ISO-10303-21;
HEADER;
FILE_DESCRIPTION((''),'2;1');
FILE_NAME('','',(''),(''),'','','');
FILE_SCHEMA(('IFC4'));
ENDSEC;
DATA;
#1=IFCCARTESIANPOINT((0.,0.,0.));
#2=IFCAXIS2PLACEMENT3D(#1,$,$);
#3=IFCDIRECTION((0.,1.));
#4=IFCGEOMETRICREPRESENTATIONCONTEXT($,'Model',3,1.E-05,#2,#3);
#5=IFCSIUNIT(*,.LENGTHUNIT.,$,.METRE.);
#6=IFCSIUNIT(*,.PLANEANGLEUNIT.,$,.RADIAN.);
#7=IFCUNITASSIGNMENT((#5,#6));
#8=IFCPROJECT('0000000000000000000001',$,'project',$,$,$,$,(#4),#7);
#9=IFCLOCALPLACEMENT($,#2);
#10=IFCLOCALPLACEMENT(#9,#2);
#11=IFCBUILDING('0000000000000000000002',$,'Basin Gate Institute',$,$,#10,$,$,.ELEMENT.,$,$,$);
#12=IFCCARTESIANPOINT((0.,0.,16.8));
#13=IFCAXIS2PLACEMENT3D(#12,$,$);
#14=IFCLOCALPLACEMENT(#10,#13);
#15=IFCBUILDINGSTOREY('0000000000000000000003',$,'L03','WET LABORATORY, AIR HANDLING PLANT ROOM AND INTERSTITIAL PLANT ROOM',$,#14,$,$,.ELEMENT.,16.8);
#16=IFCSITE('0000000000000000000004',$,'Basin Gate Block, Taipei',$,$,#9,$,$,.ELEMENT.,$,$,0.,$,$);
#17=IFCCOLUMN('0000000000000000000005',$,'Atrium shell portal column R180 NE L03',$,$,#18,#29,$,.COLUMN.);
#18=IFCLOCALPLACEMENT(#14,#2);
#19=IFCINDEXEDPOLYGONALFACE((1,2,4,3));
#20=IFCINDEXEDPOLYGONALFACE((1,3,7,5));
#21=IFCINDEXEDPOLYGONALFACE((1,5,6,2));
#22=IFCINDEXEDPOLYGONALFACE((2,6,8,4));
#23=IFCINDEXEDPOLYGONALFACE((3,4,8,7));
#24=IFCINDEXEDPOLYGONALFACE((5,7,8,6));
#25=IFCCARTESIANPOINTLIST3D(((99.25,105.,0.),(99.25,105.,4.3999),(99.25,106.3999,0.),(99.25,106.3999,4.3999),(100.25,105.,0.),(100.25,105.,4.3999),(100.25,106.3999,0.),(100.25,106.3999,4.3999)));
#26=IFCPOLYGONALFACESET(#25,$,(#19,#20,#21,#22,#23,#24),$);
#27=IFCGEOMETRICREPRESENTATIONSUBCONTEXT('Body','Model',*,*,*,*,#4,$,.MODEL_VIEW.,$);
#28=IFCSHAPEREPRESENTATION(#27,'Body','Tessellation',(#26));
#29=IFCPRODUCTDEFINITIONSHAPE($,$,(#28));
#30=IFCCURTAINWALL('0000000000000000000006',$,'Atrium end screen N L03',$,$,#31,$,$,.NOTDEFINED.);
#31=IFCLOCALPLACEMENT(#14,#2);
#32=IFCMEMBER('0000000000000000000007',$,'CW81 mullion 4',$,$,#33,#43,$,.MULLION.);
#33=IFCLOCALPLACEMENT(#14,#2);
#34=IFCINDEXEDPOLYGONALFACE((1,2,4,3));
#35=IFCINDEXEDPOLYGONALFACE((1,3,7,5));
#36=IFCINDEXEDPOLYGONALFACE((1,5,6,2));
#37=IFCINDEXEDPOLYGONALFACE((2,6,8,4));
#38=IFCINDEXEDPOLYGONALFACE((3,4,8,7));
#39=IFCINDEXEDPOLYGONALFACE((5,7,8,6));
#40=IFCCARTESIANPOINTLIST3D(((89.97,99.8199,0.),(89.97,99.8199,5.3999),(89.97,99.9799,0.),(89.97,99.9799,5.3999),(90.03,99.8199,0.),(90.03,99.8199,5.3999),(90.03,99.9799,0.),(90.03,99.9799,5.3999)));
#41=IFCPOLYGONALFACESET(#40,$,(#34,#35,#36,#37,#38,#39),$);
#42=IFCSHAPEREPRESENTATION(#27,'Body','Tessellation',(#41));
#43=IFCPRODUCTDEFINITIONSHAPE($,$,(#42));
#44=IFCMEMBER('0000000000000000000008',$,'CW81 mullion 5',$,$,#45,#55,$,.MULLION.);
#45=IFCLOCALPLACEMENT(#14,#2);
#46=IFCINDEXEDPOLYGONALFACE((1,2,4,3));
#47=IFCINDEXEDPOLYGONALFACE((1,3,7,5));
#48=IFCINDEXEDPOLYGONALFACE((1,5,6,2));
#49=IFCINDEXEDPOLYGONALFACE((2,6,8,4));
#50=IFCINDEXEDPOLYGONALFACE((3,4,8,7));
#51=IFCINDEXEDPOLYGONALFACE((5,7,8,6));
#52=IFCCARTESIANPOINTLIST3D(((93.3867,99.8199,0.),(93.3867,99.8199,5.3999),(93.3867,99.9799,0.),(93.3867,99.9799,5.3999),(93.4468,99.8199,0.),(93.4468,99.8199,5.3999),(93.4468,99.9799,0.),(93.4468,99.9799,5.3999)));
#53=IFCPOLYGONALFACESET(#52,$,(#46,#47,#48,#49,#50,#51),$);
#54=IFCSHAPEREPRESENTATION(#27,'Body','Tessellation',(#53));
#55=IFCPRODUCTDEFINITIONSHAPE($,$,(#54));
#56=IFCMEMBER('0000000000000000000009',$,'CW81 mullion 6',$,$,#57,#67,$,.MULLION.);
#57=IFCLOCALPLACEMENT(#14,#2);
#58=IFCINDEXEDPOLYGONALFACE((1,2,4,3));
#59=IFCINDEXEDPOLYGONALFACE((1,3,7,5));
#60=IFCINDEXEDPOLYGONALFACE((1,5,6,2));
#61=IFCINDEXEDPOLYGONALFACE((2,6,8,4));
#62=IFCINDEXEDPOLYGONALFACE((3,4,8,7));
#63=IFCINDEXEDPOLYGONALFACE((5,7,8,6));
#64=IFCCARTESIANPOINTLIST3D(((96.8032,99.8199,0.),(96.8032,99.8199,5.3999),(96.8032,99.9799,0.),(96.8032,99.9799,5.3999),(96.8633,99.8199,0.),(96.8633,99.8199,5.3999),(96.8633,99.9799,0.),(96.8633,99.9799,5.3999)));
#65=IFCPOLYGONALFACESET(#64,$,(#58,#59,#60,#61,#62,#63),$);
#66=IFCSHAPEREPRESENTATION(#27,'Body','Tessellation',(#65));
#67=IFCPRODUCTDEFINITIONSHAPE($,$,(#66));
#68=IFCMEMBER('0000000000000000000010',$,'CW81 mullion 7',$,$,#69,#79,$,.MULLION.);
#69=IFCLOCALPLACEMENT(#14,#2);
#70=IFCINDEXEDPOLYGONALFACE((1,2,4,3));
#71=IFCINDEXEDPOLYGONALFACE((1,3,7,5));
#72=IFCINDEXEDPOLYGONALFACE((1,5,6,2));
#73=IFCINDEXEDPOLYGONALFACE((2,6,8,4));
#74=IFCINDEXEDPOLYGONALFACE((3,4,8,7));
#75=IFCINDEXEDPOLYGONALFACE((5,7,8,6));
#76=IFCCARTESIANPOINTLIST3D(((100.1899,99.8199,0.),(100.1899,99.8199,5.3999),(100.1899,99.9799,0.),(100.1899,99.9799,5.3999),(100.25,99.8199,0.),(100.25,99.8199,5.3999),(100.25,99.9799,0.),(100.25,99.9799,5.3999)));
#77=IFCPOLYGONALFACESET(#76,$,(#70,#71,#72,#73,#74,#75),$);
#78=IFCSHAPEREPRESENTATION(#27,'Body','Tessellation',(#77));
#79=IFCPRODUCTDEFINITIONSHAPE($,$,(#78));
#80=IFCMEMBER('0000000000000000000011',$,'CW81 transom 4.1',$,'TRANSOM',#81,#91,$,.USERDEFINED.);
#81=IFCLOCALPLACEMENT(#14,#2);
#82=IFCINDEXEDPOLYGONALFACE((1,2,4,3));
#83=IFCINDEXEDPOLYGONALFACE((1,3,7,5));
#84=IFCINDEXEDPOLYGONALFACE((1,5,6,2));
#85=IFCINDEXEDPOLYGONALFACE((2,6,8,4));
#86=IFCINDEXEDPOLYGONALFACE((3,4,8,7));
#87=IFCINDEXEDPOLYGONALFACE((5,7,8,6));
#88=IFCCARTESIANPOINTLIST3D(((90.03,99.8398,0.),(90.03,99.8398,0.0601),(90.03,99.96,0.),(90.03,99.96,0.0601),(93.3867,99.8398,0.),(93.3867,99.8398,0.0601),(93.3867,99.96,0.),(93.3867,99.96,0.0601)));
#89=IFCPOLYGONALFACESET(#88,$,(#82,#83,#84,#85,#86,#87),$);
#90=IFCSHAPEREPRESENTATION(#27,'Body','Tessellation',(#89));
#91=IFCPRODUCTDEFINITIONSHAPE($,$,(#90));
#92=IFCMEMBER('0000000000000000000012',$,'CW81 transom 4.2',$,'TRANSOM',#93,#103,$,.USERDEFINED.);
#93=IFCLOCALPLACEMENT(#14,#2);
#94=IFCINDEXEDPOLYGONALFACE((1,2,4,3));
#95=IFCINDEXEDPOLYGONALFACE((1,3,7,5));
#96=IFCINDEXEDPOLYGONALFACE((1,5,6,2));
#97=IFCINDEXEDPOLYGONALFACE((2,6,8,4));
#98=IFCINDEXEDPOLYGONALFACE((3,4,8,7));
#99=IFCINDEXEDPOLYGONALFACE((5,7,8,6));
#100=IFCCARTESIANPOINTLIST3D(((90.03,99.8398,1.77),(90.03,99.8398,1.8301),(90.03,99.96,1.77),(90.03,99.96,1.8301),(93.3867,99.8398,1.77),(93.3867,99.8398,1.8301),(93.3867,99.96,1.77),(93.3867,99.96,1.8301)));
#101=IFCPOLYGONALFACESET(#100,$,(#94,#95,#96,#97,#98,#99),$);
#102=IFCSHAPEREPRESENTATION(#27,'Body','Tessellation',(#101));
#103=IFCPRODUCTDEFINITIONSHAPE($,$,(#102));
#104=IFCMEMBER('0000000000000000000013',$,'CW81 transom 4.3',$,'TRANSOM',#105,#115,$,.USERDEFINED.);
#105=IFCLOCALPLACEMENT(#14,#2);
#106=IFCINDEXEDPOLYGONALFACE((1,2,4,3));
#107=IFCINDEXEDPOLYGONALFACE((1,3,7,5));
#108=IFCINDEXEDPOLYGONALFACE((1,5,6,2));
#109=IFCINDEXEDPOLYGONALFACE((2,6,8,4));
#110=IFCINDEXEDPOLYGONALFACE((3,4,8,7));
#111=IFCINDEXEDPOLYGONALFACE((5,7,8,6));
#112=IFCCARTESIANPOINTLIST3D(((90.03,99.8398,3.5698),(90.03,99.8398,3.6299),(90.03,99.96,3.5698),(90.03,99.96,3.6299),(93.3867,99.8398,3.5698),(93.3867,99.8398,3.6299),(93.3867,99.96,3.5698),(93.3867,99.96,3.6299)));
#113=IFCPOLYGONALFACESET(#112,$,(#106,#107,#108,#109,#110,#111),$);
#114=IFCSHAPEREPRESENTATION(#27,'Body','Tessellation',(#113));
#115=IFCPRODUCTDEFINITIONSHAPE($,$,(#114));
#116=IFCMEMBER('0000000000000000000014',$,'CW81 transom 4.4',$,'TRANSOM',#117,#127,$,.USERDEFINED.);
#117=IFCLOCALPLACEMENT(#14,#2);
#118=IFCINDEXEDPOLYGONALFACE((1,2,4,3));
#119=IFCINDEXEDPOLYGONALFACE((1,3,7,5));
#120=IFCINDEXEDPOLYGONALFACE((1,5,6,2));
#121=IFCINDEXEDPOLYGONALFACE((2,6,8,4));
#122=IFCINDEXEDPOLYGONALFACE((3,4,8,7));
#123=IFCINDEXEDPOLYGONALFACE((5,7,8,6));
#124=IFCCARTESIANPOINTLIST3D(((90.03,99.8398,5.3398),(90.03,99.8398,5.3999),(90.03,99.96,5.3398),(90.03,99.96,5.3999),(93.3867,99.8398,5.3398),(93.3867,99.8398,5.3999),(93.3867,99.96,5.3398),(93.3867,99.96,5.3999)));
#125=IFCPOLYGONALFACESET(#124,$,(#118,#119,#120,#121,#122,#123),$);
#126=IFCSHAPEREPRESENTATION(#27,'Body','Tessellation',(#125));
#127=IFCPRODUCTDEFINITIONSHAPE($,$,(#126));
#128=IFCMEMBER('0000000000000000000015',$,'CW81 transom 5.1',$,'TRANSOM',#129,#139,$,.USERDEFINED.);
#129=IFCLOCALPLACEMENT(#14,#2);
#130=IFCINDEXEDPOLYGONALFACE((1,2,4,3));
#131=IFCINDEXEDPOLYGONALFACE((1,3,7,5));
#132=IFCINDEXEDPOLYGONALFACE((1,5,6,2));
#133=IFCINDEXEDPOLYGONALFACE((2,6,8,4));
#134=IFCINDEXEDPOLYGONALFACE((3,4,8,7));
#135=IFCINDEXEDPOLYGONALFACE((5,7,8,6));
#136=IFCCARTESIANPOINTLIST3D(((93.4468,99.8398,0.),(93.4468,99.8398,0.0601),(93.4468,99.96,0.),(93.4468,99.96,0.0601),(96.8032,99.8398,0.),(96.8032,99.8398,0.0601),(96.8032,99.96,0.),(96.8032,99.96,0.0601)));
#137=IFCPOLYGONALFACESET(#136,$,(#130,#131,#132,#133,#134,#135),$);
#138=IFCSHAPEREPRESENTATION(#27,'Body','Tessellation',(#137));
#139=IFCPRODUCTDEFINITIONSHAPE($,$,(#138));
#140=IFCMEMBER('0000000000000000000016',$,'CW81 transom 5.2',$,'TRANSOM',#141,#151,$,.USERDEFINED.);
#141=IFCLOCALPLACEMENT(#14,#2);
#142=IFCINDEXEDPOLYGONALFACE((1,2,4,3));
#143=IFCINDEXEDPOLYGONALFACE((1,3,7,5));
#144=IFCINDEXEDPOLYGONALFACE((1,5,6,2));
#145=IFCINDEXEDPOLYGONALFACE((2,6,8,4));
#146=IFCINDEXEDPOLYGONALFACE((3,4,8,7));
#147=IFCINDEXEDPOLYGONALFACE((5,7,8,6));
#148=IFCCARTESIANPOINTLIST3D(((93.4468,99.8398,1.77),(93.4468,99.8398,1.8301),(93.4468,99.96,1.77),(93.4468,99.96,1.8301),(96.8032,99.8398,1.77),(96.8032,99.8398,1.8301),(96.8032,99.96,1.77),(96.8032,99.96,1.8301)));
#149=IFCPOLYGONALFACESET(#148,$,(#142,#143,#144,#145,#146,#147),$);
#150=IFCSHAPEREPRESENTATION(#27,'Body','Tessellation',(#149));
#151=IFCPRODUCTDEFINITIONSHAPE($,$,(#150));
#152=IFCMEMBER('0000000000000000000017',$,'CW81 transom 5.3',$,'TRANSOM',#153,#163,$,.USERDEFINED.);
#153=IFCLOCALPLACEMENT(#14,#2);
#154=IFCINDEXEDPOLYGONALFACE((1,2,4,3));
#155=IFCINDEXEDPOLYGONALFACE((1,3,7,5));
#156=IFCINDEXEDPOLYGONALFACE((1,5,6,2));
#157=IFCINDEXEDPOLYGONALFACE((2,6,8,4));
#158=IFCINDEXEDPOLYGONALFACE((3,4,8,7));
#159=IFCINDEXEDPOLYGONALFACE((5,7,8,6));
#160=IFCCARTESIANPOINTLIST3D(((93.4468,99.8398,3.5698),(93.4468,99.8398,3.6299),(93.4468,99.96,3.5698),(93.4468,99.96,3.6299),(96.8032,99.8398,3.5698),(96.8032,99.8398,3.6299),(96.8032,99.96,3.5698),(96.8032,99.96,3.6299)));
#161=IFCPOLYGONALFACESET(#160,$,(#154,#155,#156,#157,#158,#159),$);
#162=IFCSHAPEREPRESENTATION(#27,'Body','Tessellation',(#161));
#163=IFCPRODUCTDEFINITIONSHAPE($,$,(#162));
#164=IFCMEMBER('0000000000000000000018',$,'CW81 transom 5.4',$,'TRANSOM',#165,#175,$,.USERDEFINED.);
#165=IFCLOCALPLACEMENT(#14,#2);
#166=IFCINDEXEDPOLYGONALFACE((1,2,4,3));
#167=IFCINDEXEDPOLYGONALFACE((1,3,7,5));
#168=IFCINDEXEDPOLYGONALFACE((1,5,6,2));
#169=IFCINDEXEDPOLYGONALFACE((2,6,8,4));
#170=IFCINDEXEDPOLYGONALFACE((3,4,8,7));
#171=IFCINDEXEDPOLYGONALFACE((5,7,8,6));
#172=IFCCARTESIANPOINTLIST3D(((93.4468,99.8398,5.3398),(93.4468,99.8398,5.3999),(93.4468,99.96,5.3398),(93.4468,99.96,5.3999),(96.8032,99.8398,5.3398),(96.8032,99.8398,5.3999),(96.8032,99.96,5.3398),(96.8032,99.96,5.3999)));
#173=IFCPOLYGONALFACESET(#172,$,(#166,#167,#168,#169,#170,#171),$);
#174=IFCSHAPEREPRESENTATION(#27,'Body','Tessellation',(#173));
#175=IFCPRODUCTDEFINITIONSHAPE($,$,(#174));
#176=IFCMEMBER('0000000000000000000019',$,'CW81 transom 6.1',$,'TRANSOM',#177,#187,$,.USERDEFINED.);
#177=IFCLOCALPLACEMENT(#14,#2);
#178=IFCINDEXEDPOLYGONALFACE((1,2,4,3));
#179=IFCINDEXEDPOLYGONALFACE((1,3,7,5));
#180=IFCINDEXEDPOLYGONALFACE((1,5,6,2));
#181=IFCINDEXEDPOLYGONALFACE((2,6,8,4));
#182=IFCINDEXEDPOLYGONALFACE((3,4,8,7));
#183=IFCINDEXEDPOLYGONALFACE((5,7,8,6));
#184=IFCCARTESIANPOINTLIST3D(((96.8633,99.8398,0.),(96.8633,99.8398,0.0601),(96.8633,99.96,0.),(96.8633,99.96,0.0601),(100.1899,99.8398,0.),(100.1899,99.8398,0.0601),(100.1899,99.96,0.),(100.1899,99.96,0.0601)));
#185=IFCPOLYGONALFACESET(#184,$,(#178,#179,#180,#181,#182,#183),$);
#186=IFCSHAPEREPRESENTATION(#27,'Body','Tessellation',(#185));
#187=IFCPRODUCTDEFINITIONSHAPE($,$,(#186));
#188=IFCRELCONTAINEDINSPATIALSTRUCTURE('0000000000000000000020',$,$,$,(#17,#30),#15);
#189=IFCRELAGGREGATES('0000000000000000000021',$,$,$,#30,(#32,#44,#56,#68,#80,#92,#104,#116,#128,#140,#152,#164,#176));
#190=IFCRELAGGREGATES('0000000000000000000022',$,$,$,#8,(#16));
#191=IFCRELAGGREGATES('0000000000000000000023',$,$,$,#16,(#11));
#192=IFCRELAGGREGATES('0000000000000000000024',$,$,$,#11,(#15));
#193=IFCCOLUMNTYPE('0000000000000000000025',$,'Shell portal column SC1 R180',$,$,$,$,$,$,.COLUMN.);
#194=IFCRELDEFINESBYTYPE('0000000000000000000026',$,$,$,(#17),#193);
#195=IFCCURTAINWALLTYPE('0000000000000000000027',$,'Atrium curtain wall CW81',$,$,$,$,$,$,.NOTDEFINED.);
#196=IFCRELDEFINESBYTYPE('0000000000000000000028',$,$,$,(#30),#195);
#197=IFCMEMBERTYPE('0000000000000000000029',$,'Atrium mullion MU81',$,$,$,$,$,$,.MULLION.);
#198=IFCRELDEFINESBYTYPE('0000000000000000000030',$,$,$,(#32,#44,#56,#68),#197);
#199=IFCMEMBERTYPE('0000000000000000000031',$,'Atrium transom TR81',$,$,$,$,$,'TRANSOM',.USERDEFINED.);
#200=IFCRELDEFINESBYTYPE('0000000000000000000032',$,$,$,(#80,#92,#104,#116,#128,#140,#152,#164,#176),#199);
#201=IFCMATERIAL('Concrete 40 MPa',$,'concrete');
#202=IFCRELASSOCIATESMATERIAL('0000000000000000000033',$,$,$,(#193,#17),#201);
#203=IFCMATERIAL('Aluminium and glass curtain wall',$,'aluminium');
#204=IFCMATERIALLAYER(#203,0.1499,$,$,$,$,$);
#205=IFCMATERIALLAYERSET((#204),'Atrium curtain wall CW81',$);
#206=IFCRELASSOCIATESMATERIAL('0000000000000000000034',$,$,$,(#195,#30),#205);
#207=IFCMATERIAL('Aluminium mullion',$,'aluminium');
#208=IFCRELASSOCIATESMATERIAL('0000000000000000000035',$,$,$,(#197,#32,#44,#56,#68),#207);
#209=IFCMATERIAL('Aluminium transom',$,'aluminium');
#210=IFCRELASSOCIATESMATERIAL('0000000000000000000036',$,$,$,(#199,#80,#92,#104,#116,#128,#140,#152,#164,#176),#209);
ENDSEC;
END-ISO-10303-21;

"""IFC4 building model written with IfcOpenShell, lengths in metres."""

from ifc_helpers import new_model, si_unit, direction, frame, origin, origin_2d, place, context, subcontext, project, spatial, rectangle, extrude, material, layer, layer_set, material_profile, profile_set, type_object, element, aggregate, save


model = new_model("IFC4")

# Units and contexts
model_context = context("Model", 3, precision=1e-05, world=origin(), true_north=direction((0.0, 1.0)))
body_context = subcontext(model_context, "Body", "Model", "MODEL_VIEW")
ifc_project = project(units=[si_unit("LENGTHUNIT", "METRE"), si_unit("PLANEANGLEUNIT", "RADIAN")], contexts=[model_context])

# Site, building, storey
site_placement = place(None, origin())
site = spatial("IfcSite", under=ifc_project, at=site_placement, Name="Basin Gate Block, Taipei", CompositionType="ELEMENT", RefElevation=0.0)
building_placement = place(site_placement, origin())
building = spatial("IfcBuilding", under=site, at=building_placement, Name="Basin Gate Institute", CompositionType="ELEMENT")
storey_placement = place(building_placement, frame((0.0, 0.0, 16.8)))
storey = spatial("IfcBuildingStorey", under=building, at=storey_placement, Name="L03", Description="WET LABORATORY, AIR HANDLING PLANT ROOM AND INTERSTITIAL PLANT ROOM", CompositionType="ELEMENT", Elevation=16.8)

# Column
ifc_material_1 = material(Name="Concrete 40 MPa", Category="concrete")
ifc_material_profile_1 = material_profile(ifc_material_1, rectangle(XDim=1.0, YDim=1.3999, at=origin_2d()), Name="Shell portal column SC1 1000 x 1400")
ifc_profile_set_1 = profile_set([ifc_material_profile_1], Name="Concrete 40 MPa")
column_type = type_object("IfcColumnType", Name="Shell portal column SC1 R180", PredefinedType="COLUMN", material=ifc_profile_set_1)
column_placement = place(storey_placement, frame((99.75, 105.7, 0.0), z_axis=(0.0, 0.0, 1.0), x_axis=(1.0, 0.0, 0.0)))
element("IfcColumn", 1, at=column_placement, inside=storey, type_object=column_type, material=ifc_profile_set_1, Name="Atrium shell portal column R180 NE L03", PredefinedType="COLUMN", context=body_context, shape_type="SweptSolid", body=[
    extrude(rectangle(XDim=1.0, YDim=1.3999, at=origin_2d()), origin(), (0.0, 0.0, 1.0), 4.3999),
])

# Curtain wall, members
ifc_material_2 = material(Name="Aluminium and glass curtain wall", Category="aluminium")
ifc_layer_1 = layer(ifc_material_2, 0.1499)
ifc_layer_set_1 = layer_set([ifc_layer_1], Name="Atrium curtain wall CW81")
curtain_wall_type = type_object("IfcCurtainWallType", Name="Atrium curtain wall CW81", PredefinedType="NOTDEFINED", material=ifc_layer_set_1)
curtain_wall_placement = place(storey_placement, origin())
curtain_wall = element("IfcCurtainWall", 2, at=curtain_wall_placement, inside=storey, type_object=curtain_wall_type, material=ifc_layer_set_1, Name="Atrium end screen N L03", PredefinedType="NOTDEFINED")
ifc_material_3 = material(Name="Aluminium mullion", Category="aluminium")
ifc_material_profile_2 = material_profile(ifc_material_3, rectangle(XDim=0.1599, YDim=0.0601, at=origin_2d()), Name="Atrium mullion MU81 160 x 60")
ifc_profile_set_2 = profile_set([ifc_material_profile_2], Name="Aluminium mullion")
member_type_1 = type_object("IfcMemberType", Name="Atrium mullion MU81", PredefinedType="MULLION", material=ifc_profile_set_2)
member_1_placement = place(storey_placement, frame((90.0, 99.8999, 0.0), z_axis=(0.0, 0.0, 1.0), x_axis=(0.0, 1.0, 0.0)))
member_1 = element("IfcMember", 3, at=member_1_placement, type_object=member_type_1, material=ifc_profile_set_2, Name="CW81 mullion 4", PredefinedType="MULLION", context=body_context, shape_type="SweptSolid", body=[
    extrude(rectangle(XDim=0.1599, YDim=0.0601, at=origin_2d()), origin(), (0.0, 0.0, 1.0), 5.3999),
])
member_2_placement = place(storey_placement, frame((93.4167, 99.8999, 0.0), z_axis=(0.0, 0.0, 1.0), x_axis=(0.0, 1.0, 0.0)))
member_2 = element("IfcMember", 4, at=member_2_placement, type_object=member_type_1, material=ifc_profile_set_2, Name="CW81 mullion 5", PredefinedType="MULLION", context=body_context, shape_type="SweptSolid", body=[
    extrude(rectangle(XDim=0.1599, YDim=0.0601, at=origin_2d()), origin(), (0.0, 0.0, 1.0), 5.3999),
])
member_3_placement = place(storey_placement, frame((96.8333, 99.8999, 0.0), z_axis=(0.0, 0.0, 1.0), x_axis=(0.0, 1.0, 0.0)))
member_3 = element("IfcMember", 5, at=member_3_placement, type_object=member_type_1, material=ifc_profile_set_2, Name="CW81 mullion 6", PredefinedType="MULLION", context=body_context, shape_type="SweptSolid", body=[
    extrude(rectangle(XDim=0.1599, YDim=0.0601, at=origin_2d()), origin(), (0.0, 0.0, 1.0), 5.3999),
])
member_4_placement = place(storey_placement, frame((100.22, 99.8999, 0.0), z_axis=(0.0, 0.0, 1.0), x_axis=(0.0, 1.0, 0.0)))
member_4 = element("IfcMember", 6, at=member_4_placement, type_object=member_type_1, material=ifc_profile_set_2, Name="CW81 mullion 7", PredefinedType="MULLION", context=body_context, shape_type="SweptSolid", body=[
    extrude(rectangle(XDim=0.1599, YDim=0.0601, at=origin_2d()), origin(), (0.0, 0.0, 1.0), 5.3999),
])
ifc_material_4 = material(Name="Aluminium transom", Category="aluminium")
ifc_material_profile_3 = material_profile(ifc_material_4, rectangle(XDim=0.1201, YDim=0.0601, at=origin_2d()), Name="Atrium transom TR81 120 x 60")
ifc_profile_set_3 = profile_set([ifc_material_profile_3], Name="Aluminium transom")
member_type_2 = type_object("IfcMemberType", Name="Atrium transom TR81", ElementType="TRANSOM", PredefinedType="USERDEFINED", material=ifc_profile_set_3)
member_5_placement = place(storey_placement, frame((90.03, 99.8999, 0.03), z_axis=(1.0, 0.0, 0.0), x_axis=(0.0, 1.0, 0.0)))
member_5 = element("IfcMember", 7, at=member_5_placement, type_object=member_type_2, material=ifc_profile_set_3, Name="CW81 transom 4.1", ObjectType="TRANSOM", PredefinedType="USERDEFINED", context=body_context, shape_type="SweptSolid", body=[
    extrude(rectangle(XDim=0.1201, YDim=0.0601, at=origin_2d()), origin(), (0.0, 0.0, 1.0), 3.3567),
])
member_6_placement = place(storey_placement, frame((90.03, 99.8999, 1.8), z_axis=(1.0, 0.0, 0.0), x_axis=(0.0, 1.0, 0.0)))
member_6 = element("IfcMember", 8, at=member_6_placement, type_object=member_type_2, material=ifc_profile_set_3, Name="CW81 transom 4.2", ObjectType="TRANSOM", PredefinedType="USERDEFINED", context=body_context, shape_type="SweptSolid", body=[
    extrude(rectangle(XDim=0.1201, YDim=0.0601, at=origin_2d()), origin(), (0.0, 0.0, 1.0), 3.3567),
])
member_7_placement = place(storey_placement, frame((90.03, 99.8999, 3.5999), z_axis=(1.0, 0.0, 0.0), x_axis=(0.0, 1.0, 0.0)))
member_7 = element("IfcMember", 9, at=member_7_placement, type_object=member_type_2, material=ifc_profile_set_3, Name="CW81 transom 4.3", ObjectType="TRANSOM", PredefinedType="USERDEFINED", context=body_context, shape_type="SweptSolid", body=[
    extrude(rectangle(XDim=0.1201, YDim=0.0601, at=origin_2d()), origin(), (0.0, 0.0, 1.0), 3.3567),
])
member_8_placement = place(storey_placement, frame((90.03, 99.8999, 5.3699), z_axis=(1.0, 0.0, 0.0), x_axis=(0.0, 1.0, 0.0)))
member_8 = element("IfcMember", 10, at=member_8_placement, type_object=member_type_2, material=ifc_profile_set_3, Name="CW81 transom 4.4", ObjectType="TRANSOM", PredefinedType="USERDEFINED", context=body_context, shape_type="SweptSolid", body=[
    extrude(rectangle(XDim=0.1201, YDim=0.0601, at=origin_2d()), origin(), (0.0, 0.0, 1.0), 3.3567),
])
member_9_placement = place(storey_placement, frame((93.4468, 99.8999, 0.03), z_axis=(1.0, 0.0, 0.0), x_axis=(0.0, 1.0, 0.0)))
member_9 = element("IfcMember", 11, at=member_9_placement, type_object=member_type_2, material=ifc_profile_set_3, Name="CW81 transom 5.1", ObjectType="TRANSOM", PredefinedType="USERDEFINED", context=body_context, shape_type="SweptSolid", body=[
    extrude(rectangle(XDim=0.1201, YDim=0.0601, at=origin_2d()), origin(), (0.0, 0.0, 1.0), 3.3564),
])
member_10_placement = place(storey_placement, frame((93.4468, 99.8999, 1.8), z_axis=(1.0, 0.0, 0.0), x_axis=(0.0, 1.0, 0.0)))
member_10 = element("IfcMember", 12, at=member_10_placement, type_object=member_type_2, material=ifc_profile_set_3, Name="CW81 transom 5.2", ObjectType="TRANSOM", PredefinedType="USERDEFINED", context=body_context, shape_type="SweptSolid", body=[
    extrude(rectangle(XDim=0.1201, YDim=0.0601, at=origin_2d()), origin(), (0.0, 0.0, 1.0), 3.3564),
])
member_11_placement = place(storey_placement, frame((93.4468, 99.8999, 3.5999), z_axis=(1.0, 0.0, 0.0), x_axis=(0.0, 1.0, 0.0)))
member_11 = element("IfcMember", 13, at=member_11_placement, type_object=member_type_2, material=ifc_profile_set_3, Name="CW81 transom 5.3", ObjectType="TRANSOM", PredefinedType="USERDEFINED", context=body_context, shape_type="SweptSolid", body=[
    extrude(rectangle(XDim=0.1201, YDim=0.0601, at=origin_2d()), origin(), (0.0, 0.0, 1.0), 3.3564),
])
member_12_placement = place(storey_placement, frame((93.4468, 99.8999, 5.3699), z_axis=(1.0, 0.0, 0.0), x_axis=(0.0, 1.0, 0.0)))
member_12 = element("IfcMember", 14, at=member_12_placement, type_object=member_type_2, material=ifc_profile_set_3, Name="CW81 transom 5.4", ObjectType="TRANSOM", PredefinedType="USERDEFINED", context=body_context, shape_type="SweptSolid", body=[
    extrude(rectangle(XDim=0.1201, YDim=0.0601, at=origin_2d()), origin(), (0.0, 0.0, 1.0), 3.3564),
])
member_13_placement = place(storey_placement, frame((96.8633, 99.8999, 0.03), z_axis=(1.0, 0.0, 0.0), x_axis=(0.0, 1.0, 0.0)))
member_13 = element("IfcMember", 15, at=member_13_placement, type_object=member_type_2, material=ifc_profile_set_3, Name="CW81 transom 6.1", ObjectType="TRANSOM", PredefinedType="USERDEFINED", context=body_context, shape_type="SweptSolid", body=[
    extrude(rectangle(XDim=0.1201, YDim=0.0601, at=origin_2d()), origin(), (0.0, 0.0, 1.0), 3.3267),
])

aggregate(curtain_wall, [member_1, member_2, member_3, member_4, member_5, member_6, member_7, member_8, member_9, member_10, member_11, member_12, member_13])

save(model, "model.ifc")
